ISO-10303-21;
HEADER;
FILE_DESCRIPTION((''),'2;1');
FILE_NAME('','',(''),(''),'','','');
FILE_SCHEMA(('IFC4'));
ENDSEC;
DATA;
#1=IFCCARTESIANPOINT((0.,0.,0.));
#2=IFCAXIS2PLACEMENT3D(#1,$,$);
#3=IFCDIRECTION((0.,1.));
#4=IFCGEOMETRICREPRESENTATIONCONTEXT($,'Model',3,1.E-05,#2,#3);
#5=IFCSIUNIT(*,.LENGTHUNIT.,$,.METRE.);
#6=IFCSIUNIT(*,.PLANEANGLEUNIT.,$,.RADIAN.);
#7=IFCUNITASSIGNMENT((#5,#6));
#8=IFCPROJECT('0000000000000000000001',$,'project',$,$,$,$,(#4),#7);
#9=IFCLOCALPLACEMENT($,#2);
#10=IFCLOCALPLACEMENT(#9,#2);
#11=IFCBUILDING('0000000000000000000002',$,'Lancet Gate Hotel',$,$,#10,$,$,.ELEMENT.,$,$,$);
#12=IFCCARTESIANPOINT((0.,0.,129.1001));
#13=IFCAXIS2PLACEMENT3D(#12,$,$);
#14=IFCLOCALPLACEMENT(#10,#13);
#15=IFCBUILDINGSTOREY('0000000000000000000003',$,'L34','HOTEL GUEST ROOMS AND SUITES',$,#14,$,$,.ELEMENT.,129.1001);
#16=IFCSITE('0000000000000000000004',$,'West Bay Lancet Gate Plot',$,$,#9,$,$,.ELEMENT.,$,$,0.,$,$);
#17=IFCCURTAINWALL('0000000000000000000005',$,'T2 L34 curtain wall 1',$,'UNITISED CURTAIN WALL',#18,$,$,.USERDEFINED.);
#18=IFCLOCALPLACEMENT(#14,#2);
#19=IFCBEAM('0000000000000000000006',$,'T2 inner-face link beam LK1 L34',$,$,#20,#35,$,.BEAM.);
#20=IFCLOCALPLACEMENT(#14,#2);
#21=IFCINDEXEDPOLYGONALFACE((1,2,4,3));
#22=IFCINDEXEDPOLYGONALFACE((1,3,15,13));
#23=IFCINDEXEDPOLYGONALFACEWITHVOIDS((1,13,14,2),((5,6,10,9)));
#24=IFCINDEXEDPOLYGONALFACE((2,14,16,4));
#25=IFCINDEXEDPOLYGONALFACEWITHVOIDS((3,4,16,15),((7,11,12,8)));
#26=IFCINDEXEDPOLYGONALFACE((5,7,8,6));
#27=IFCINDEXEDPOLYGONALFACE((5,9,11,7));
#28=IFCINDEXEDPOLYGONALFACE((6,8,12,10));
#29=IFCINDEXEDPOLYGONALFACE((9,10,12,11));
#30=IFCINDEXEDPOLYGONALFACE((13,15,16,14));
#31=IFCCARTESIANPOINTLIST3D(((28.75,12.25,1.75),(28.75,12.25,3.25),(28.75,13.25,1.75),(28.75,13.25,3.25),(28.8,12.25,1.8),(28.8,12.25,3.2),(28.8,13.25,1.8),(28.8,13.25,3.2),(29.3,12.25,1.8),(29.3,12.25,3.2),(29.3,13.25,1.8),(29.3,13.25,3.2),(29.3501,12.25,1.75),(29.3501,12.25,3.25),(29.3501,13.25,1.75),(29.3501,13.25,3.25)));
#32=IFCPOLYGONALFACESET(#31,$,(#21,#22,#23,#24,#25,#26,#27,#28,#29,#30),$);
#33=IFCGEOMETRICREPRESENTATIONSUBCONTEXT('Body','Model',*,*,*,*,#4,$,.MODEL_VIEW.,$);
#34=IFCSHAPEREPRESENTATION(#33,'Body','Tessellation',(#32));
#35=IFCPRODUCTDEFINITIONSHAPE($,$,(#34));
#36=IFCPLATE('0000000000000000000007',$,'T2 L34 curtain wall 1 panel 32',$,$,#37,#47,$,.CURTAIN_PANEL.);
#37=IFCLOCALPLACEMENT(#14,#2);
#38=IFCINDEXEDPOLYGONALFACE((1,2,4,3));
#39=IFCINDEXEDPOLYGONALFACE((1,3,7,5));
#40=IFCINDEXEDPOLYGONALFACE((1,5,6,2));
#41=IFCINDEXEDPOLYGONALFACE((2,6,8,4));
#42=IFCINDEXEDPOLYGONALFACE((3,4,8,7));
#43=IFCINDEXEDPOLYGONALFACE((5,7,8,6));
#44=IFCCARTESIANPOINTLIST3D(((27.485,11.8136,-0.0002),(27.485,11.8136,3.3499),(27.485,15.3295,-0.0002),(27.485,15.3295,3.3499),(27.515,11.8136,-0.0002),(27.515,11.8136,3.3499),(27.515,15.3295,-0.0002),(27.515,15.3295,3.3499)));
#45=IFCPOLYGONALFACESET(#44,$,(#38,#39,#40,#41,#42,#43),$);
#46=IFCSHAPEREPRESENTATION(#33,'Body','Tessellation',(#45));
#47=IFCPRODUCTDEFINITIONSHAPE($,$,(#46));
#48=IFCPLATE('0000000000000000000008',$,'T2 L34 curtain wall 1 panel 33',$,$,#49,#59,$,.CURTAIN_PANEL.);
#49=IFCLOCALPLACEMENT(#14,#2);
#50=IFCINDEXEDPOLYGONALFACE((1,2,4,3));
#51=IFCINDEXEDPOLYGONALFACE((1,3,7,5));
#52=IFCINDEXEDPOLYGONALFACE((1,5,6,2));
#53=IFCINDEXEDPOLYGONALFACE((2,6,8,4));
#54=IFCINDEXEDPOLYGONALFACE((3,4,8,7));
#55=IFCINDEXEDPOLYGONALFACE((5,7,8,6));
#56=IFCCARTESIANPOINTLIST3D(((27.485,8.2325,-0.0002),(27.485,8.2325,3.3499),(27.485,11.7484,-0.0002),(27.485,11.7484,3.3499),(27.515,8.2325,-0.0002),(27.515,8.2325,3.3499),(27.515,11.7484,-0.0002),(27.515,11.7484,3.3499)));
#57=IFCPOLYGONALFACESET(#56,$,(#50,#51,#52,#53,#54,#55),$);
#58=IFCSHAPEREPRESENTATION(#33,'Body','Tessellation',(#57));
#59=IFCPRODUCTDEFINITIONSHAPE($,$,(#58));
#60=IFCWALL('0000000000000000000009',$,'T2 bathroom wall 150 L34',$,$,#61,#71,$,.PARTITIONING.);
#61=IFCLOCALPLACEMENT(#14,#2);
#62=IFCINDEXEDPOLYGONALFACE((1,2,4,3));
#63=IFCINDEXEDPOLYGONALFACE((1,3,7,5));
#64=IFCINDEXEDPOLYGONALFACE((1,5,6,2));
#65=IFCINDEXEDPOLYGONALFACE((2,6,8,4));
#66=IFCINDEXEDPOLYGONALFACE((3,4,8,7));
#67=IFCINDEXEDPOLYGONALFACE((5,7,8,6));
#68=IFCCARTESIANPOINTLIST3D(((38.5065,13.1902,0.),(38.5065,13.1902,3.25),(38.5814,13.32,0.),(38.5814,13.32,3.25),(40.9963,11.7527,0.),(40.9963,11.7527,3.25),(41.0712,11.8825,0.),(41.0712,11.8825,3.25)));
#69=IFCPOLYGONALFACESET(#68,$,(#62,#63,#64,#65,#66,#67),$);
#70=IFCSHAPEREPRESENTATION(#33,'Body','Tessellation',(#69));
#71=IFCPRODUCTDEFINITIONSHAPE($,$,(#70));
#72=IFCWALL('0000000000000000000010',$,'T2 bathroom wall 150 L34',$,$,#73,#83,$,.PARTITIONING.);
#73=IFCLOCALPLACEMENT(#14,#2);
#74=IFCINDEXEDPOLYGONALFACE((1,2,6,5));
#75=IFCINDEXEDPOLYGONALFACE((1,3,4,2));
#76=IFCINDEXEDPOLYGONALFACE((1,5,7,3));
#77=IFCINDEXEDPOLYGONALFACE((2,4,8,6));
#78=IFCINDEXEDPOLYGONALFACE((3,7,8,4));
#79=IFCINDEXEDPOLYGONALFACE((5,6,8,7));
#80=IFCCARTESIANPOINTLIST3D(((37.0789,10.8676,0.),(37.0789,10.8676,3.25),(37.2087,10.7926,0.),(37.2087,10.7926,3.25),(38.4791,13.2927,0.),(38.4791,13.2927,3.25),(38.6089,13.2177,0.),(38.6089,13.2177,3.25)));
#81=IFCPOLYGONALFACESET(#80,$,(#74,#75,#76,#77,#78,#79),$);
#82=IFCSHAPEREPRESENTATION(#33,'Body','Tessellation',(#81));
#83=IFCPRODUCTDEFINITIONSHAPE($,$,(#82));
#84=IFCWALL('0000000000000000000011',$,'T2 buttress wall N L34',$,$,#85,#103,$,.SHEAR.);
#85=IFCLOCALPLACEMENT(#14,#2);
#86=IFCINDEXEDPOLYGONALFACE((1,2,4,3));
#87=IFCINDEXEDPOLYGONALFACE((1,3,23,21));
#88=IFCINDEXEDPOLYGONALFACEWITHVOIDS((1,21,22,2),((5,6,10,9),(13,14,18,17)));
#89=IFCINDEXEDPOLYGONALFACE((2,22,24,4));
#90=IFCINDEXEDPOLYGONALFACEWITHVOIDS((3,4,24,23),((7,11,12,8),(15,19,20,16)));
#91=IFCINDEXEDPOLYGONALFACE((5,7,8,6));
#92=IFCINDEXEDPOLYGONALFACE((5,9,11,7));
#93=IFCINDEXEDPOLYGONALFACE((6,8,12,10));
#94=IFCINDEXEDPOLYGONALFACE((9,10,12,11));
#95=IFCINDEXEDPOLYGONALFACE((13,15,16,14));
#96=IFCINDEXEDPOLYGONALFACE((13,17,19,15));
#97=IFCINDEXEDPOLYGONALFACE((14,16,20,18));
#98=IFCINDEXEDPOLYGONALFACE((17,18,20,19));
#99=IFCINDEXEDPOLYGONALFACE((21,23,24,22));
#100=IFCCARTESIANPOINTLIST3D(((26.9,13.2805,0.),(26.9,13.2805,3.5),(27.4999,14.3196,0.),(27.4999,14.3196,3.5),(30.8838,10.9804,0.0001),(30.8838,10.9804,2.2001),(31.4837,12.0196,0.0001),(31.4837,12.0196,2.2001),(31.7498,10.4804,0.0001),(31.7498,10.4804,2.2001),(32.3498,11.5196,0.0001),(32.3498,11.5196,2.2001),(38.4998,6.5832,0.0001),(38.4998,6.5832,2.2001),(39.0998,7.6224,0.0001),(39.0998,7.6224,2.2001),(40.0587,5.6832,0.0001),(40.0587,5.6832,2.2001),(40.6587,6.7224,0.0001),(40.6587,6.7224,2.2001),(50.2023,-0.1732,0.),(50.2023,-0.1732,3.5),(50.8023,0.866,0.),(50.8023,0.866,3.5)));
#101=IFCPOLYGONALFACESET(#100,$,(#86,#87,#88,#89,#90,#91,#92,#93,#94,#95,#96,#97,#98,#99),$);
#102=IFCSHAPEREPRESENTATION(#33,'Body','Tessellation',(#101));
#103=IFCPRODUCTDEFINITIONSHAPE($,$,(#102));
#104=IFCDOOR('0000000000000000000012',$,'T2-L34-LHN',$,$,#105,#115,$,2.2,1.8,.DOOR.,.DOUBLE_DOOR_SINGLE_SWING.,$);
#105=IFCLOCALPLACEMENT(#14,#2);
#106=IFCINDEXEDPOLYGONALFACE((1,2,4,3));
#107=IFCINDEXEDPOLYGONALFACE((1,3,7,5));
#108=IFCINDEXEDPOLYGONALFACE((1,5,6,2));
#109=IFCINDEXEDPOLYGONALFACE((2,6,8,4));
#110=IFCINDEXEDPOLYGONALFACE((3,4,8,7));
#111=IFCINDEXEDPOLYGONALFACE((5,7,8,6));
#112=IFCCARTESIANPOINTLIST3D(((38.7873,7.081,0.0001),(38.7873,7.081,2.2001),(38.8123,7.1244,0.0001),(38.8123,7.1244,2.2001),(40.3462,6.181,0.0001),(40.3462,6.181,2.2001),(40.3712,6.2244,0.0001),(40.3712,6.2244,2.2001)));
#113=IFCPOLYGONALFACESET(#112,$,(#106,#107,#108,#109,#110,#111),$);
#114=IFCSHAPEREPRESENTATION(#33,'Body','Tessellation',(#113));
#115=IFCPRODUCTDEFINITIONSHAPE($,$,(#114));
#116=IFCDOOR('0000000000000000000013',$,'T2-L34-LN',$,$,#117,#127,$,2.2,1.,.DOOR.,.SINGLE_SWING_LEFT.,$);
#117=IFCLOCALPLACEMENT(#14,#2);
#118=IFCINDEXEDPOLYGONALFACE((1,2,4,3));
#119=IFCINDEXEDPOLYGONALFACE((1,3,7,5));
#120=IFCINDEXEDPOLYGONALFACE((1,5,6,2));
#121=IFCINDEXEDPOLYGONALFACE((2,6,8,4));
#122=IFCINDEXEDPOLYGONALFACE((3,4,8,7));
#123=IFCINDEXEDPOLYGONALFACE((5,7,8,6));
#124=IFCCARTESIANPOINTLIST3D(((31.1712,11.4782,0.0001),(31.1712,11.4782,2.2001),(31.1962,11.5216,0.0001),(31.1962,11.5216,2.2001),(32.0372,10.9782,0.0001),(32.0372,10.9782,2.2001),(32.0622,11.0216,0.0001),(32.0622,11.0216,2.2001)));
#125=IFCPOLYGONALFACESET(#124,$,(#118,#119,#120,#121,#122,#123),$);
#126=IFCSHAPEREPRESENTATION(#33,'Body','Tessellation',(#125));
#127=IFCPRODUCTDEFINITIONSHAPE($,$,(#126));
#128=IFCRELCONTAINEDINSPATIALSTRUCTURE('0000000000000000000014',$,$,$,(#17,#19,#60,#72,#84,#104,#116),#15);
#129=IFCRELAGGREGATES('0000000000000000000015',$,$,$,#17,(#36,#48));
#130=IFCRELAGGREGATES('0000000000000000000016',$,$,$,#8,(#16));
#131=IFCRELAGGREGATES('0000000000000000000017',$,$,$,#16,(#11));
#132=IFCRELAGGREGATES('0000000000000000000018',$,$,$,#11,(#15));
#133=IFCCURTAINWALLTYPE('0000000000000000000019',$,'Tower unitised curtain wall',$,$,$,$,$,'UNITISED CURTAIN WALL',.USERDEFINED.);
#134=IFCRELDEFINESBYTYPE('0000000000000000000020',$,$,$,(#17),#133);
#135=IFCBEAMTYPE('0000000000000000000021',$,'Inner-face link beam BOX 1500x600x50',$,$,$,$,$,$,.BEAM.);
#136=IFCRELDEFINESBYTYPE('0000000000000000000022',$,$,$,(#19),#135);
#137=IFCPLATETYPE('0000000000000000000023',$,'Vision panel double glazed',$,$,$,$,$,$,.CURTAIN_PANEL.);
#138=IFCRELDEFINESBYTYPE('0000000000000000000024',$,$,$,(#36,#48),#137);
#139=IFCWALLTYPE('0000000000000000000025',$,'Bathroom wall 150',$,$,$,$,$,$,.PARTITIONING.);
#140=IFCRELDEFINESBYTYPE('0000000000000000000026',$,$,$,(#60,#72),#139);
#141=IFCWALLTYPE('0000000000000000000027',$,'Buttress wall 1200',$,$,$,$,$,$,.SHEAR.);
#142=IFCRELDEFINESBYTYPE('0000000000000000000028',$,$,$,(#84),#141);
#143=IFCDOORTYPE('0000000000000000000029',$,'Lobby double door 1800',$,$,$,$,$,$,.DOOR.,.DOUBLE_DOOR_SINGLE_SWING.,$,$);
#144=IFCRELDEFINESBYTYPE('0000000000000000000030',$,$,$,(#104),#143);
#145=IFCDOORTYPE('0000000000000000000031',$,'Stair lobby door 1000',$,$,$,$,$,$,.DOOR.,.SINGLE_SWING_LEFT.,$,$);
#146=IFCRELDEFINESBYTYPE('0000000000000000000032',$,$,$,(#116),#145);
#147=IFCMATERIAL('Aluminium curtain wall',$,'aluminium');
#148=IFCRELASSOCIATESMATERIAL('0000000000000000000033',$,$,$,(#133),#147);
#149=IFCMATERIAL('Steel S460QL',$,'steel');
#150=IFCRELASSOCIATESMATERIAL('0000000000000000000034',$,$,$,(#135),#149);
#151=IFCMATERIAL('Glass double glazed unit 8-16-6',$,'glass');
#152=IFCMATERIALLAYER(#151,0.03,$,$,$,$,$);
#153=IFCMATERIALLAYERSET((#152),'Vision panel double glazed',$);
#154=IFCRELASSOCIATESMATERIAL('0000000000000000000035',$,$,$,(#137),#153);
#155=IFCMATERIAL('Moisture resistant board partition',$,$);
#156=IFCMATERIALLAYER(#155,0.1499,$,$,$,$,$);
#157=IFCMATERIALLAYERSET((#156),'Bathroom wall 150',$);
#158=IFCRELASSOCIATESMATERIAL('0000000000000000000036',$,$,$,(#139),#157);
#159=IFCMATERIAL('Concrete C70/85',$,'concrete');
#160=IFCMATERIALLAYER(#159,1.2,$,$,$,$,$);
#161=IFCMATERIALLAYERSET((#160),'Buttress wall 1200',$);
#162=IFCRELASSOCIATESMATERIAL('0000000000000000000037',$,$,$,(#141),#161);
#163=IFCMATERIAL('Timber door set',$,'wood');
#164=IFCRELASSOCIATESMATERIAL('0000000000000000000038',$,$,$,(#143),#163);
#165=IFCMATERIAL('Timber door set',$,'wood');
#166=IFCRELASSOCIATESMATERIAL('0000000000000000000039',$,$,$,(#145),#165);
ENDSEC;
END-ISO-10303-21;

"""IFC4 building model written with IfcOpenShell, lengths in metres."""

from ifc_helpers import new_model, si_unit, direction, frame, frame_2d, origin, origin_2d, place, context, subcontext, project, spatial, rectangle, hollow_rectangle, extrude, material, layer, layer_set, material_profile, profile_set, type_object, element, fill, aggregate, save


model = new_model("IFC4")

# Units and contexts
model_context = context("Model", 3, precision=1e-05, world=origin(), true_north=direction((0.0, 1.0)))
body_context = subcontext(model_context, "Body", "Model", "MODEL_VIEW")
ifc_project = project(units=[si_unit("LENGTHUNIT", "METRE"), si_unit("PLANEANGLEUNIT", "RADIAN")], contexts=[model_context])

# Site, building, storey
site_placement = place(None, origin())
site = spatial("IfcSite", under=ifc_project, at=site_placement, Name="West Bay Lancet Gate Plot", CompositionType="ELEMENT", RefElevation=0.0)
building_placement = place(site_placement, origin())
building = spatial("IfcBuilding", under=site, at=building_placement, Name="Lancet Gate Hotel", CompositionType="ELEMENT")
storey_placement = place(building_placement, frame((0.0, 0.0, 129.1001)))
storey = spatial("IfcBuildingStorey", under=building, at=storey_placement, Name="L34", Description="HOTEL GUEST ROOMS AND SUITES", CompositionType="ELEMENT", Elevation=129.1001)

# Curtain wall
ifc_material_1 = material(Name="Aluminium curtain wall", Category="aluminium")
curtain_wall_type = type_object("IfcCurtainWallType", Name="Tower unitised curtain wall", ElementType="UNITISED CURTAIN WALL", PredefinedType="USERDEFINED", material=ifc_material_1)
curtain_wall_placement = place(storey_placement, origin())
curtain_wall = element("IfcCurtainWall", 1, at=curtain_wall_placement, inside=storey, type_object=curtain_wall_type, Name="T2 L34 curtain wall 1", ObjectType="UNITISED CURTAIN WALL", PredefinedType="USERDEFINED")

# Beam
ifc_material_2 = material(Name="Steel S460QL", Category="steel")
ifc_material_profile_1 = material_profile(ifc_material_2, hollow_rectangle(XDim=0.6001, YDim=1.5, WallThickness=0.05, at=origin_2d()), Name="BOX 1500x600x50")
ifc_profile_set_1 = profile_set([ifc_material_profile_1], Name="Steel S460QL")
beam_type_1 = type_object("IfcBeamType", Name="Inner-face link beam BOX 1500x600x50", PredefinedType="BEAM", material=ifc_profile_set_1)
beam_1_placement = place(storey_placement, frame((29.05, 12.25, 2.5), z_axis=(0.0, 1.0, 0.0), x_axis=(-1.0, 0.0, 0.0)))
element("IfcBeam", 2, at=beam_1_placement, inside=storey, type_object=beam_type_1, Name="T2 inner-face link beam LK1 L34", PredefinedType="BEAM", context=body_context, shape_type="SweptSolid", body=[
    extrude(hollow_rectangle(XDim=0.6001, YDim=1.5, WallThickness=0.05, at=origin_2d()), origin(), (0.0, 0.0, 1.0), 1.0),
])

# Plates
ifc_material_3 = material(Name="Glass double glazed unit 8-16-6", Category="glass")
ifc_layer_1 = layer(ifc_material_3, 0.03)
ifc_layer_set_1 = layer_set([ifc_layer_1], Name="Vision panel double glazed")
plate_type = type_object("IfcPlateType", Name="Vision panel double glazed", PredefinedType="CURTAIN_PANEL", material=ifc_layer_set_1)
plate_1_placement = place(storey_placement, frame((27.5, 13.5715, -0.0002), z_axis=(0.0, 0.0, 1.0), x_axis=(0.0, -1.0, 0.0)))
plate_1 = element("IfcPlate", 3, at=plate_1_placement, type_object=plate_type, Name="T2 L34 curtain wall 1 panel 32", PredefinedType="CURTAIN_PANEL", context=body_context, shape_type="SweptSolid", body=[
    extrude(rectangle(XDim=3.5159, YDim=0.03, at=origin_2d()), origin(), (0.0, 0.0, 1.0), 3.3501),
])
plate_2_placement = place(storey_placement, frame((27.5, 9.9905, -0.0002), z_axis=(0.0, 0.0, 1.0), x_axis=(0.0, -1.0, 0.0)))
plate_2 = element("IfcPlate", 4, at=plate_2_placement, type_object=plate_type, Name="T2 L34 curtain wall 1 panel 33", PredefinedType="CURTAIN_PANEL", context=body_context, shape_type="SweptSolid", body=[
    extrude(rectangle(XDim=3.5159, YDim=0.03, at=origin_2d()), origin(), (0.0, 0.0, 1.0), 3.3501),
])
aggregate(curtain_wall, [plate_1, plate_2])

# Walls
ifc_material_4 = material(Name="Moisture resistant board partition")
ifc_layer_2 = layer(ifc_material_4, 0.1499)
ifc_layer_set_2 = layer_set([ifc_layer_2], Name="Bathroom wall 150")
wall_type_1 = type_object("IfcWallType", Name="Bathroom wall 150", PredefinedType="PARTITIONING", material=ifc_layer_set_2)
wall_1_placement = place(storey_placement, frame((38.5439, 13.2551, 0.0), z_axis=(0.0, 0.0, 1.0), x_axis=(0.866019, -0.500012, 0.0)))
element("IfcWall", 5, at=wall_1_placement, inside=storey, type_object=wall_type_1, Name="T2 bathroom wall 150 L34", PredefinedType="PARTITIONING", context=body_context, shape_type="SweptSolid", body=[
    extrude(rectangle(XDim=2.875, YDim=0.1499, at=frame_2d((1.4375, 0.0))), origin(), (0.0, 0.0, 1.0), 3.25),
])
wall_2_placement = place(storey_placement, frame((37.1438, 10.8301, 0.0), z_axis=(0.0, 0.0, 1.0), x_axis=(0.500012, 0.866019, 0.0)))
element("IfcWall", 6, at=wall_2_placement, inside=storey, type_object=wall_type_1, Name="T2 bathroom wall 150 L34", PredefinedType="PARTITIONING", context=body_context, shape_type="SweptSolid", body=[
    extrude(rectangle(XDim=2.8003, YDim=0.1499, at=frame_2d((1.4001, 0.0))), origin(), (0.0, 0.0, 1.0), 3.25),
])

# Wall, openings, doors
ifc_material_5 = material(Name="Concrete C70/85", Category="concrete")
ifc_layer_3 = layer(ifc_material_5, 1.2)
ifc_layer_set_3 = layer_set([ifc_layer_3], Name="Buttress wall 1200")
wall_type_2 = type_object("IfcWallType", Name="Buttress wall 1200", PredefinedType="SHEAR", material=ifc_layer_set_3)
wall_3_placement = place(storey_placement, frame((27.2, 13.8, 0.0), z_axis=(0.0, 0.0, 1.0), x_axis=(0.866025, -0.500002, 0.0)))
wall_3 = element("IfcWall", 7, at=wall_3_placement, inside=storey, type_object=wall_type_2, Name="T2 buttress wall N L34", PredefinedType="SHEAR", context=body_context, shape_type="SweptSolid", body=[
    extrude(rectangle(XDim=26.9072, YDim=1.2, at=frame_2d((13.4536, 0.0))), origin(), (0.0, 0.0, 1.0), 3.5),
])
opening_1_placement = place(wall_3_placement, frame((4.6001, 0.0, 0.0)))
opening_1 = element("IfcOpeningElement", 8, at=opening_1_placement, cuts=wall_3, PredefinedType="OPENING", context=body_context, shape_type="SweptSolid", body=[
    extrude(rectangle(XDim=1.0, YDim=2.2, at=frame_2d((0.5, 1.1001))), frame((0.0, 0.6099, 0.0), z_axis=(0.0, -1.0, 0.0), x_axis=(1.0, 0.0, 0.0)), (0.0, 0.0, 1.0), 1.22),
])
opening_2_placement = place(wall_3_placement, frame((13.3945, 0.0, 0.0)))
opening_2 = element("IfcOpeningElement", 9, at=opening_2_placement, cuts=wall_3, PredefinedType="OPENING", context=body_context, shape_type="SweptSolid", body=[
    extrude(rectangle(XDim=1.8, YDim=2.2, at=frame_2d((0.8999, 1.1001))), frame((0.0, 0.6099, 0.0), z_axis=(0.0, -1.0, 0.0), x_axis=(1.0, 0.0, 0.0)), (0.0, 0.0, 1.0), 1.22),
])
ifc_material_6 = material(Name="Timber door set", Category="wood")
door_type_1 = type_object("IfcDoorType", Name="Lobby double door 1800", OperationType="DOUBLE_DOOR_SINGLE_SWING", PredefinedType="DOOR", material=ifc_material_6)
door_1_placement = place(opening_2_placement, origin())
door_1 = element("IfcDoor", 10, at=door_1_placement, inside=storey, type_object=door_type_1, Name="T2-L34-LHN", OperationType="DOUBLE_DOOR_SINGLE_SWING", OverallHeight=2.2, OverallWidth=1.8, PredefinedType="DOOR", context=body_context, shape_type="SweptSolid", body=[
    extrude(rectangle(XDim=1.8, YDim=2.2, at=frame_2d((0.8999, 1.1001))), frame((0.0, 0.0249, 0.0), z_axis=(0.0, -1.0, 0.0), x_axis=(1.0, 0.0, 0.0)), (0.0, 0.0, 1.0), 0.05),
])
fill(opening_2, door_1)
ifc_material_7 = material(Name="Timber door set", Category="wood")
door_type_2 = type_object("IfcDoorType", Name="Stair lobby door 1000", OperationType="SINGLE_SWING_LEFT", PredefinedType="DOOR", material=ifc_material_7)
door_2_placement = place(opening_1_placement, origin())
door_2 = element("IfcDoor", 11, at=door_2_placement, inside=storey, type_object=door_type_2, Name="T2-L34-LN", OperationType="SINGLE_SWING_LEFT", OverallHeight=2.2, OverallWidth=1.0, PredefinedType="DOOR", context=body_context, shape_type="SweptSolid", body=[
    extrude(rectangle(XDim=1.0, YDim=2.2, at=frame_2d((0.5, 1.1001))), frame((0.0, 0.0249, 0.0), z_axis=(0.0, -1.0, 0.0), x_axis=(1.0, 0.0, 0.0)), (0.0, 0.0, 1.0), 0.05),
])
fill(opening_1, door_2)

save(model, "model.ifc")
